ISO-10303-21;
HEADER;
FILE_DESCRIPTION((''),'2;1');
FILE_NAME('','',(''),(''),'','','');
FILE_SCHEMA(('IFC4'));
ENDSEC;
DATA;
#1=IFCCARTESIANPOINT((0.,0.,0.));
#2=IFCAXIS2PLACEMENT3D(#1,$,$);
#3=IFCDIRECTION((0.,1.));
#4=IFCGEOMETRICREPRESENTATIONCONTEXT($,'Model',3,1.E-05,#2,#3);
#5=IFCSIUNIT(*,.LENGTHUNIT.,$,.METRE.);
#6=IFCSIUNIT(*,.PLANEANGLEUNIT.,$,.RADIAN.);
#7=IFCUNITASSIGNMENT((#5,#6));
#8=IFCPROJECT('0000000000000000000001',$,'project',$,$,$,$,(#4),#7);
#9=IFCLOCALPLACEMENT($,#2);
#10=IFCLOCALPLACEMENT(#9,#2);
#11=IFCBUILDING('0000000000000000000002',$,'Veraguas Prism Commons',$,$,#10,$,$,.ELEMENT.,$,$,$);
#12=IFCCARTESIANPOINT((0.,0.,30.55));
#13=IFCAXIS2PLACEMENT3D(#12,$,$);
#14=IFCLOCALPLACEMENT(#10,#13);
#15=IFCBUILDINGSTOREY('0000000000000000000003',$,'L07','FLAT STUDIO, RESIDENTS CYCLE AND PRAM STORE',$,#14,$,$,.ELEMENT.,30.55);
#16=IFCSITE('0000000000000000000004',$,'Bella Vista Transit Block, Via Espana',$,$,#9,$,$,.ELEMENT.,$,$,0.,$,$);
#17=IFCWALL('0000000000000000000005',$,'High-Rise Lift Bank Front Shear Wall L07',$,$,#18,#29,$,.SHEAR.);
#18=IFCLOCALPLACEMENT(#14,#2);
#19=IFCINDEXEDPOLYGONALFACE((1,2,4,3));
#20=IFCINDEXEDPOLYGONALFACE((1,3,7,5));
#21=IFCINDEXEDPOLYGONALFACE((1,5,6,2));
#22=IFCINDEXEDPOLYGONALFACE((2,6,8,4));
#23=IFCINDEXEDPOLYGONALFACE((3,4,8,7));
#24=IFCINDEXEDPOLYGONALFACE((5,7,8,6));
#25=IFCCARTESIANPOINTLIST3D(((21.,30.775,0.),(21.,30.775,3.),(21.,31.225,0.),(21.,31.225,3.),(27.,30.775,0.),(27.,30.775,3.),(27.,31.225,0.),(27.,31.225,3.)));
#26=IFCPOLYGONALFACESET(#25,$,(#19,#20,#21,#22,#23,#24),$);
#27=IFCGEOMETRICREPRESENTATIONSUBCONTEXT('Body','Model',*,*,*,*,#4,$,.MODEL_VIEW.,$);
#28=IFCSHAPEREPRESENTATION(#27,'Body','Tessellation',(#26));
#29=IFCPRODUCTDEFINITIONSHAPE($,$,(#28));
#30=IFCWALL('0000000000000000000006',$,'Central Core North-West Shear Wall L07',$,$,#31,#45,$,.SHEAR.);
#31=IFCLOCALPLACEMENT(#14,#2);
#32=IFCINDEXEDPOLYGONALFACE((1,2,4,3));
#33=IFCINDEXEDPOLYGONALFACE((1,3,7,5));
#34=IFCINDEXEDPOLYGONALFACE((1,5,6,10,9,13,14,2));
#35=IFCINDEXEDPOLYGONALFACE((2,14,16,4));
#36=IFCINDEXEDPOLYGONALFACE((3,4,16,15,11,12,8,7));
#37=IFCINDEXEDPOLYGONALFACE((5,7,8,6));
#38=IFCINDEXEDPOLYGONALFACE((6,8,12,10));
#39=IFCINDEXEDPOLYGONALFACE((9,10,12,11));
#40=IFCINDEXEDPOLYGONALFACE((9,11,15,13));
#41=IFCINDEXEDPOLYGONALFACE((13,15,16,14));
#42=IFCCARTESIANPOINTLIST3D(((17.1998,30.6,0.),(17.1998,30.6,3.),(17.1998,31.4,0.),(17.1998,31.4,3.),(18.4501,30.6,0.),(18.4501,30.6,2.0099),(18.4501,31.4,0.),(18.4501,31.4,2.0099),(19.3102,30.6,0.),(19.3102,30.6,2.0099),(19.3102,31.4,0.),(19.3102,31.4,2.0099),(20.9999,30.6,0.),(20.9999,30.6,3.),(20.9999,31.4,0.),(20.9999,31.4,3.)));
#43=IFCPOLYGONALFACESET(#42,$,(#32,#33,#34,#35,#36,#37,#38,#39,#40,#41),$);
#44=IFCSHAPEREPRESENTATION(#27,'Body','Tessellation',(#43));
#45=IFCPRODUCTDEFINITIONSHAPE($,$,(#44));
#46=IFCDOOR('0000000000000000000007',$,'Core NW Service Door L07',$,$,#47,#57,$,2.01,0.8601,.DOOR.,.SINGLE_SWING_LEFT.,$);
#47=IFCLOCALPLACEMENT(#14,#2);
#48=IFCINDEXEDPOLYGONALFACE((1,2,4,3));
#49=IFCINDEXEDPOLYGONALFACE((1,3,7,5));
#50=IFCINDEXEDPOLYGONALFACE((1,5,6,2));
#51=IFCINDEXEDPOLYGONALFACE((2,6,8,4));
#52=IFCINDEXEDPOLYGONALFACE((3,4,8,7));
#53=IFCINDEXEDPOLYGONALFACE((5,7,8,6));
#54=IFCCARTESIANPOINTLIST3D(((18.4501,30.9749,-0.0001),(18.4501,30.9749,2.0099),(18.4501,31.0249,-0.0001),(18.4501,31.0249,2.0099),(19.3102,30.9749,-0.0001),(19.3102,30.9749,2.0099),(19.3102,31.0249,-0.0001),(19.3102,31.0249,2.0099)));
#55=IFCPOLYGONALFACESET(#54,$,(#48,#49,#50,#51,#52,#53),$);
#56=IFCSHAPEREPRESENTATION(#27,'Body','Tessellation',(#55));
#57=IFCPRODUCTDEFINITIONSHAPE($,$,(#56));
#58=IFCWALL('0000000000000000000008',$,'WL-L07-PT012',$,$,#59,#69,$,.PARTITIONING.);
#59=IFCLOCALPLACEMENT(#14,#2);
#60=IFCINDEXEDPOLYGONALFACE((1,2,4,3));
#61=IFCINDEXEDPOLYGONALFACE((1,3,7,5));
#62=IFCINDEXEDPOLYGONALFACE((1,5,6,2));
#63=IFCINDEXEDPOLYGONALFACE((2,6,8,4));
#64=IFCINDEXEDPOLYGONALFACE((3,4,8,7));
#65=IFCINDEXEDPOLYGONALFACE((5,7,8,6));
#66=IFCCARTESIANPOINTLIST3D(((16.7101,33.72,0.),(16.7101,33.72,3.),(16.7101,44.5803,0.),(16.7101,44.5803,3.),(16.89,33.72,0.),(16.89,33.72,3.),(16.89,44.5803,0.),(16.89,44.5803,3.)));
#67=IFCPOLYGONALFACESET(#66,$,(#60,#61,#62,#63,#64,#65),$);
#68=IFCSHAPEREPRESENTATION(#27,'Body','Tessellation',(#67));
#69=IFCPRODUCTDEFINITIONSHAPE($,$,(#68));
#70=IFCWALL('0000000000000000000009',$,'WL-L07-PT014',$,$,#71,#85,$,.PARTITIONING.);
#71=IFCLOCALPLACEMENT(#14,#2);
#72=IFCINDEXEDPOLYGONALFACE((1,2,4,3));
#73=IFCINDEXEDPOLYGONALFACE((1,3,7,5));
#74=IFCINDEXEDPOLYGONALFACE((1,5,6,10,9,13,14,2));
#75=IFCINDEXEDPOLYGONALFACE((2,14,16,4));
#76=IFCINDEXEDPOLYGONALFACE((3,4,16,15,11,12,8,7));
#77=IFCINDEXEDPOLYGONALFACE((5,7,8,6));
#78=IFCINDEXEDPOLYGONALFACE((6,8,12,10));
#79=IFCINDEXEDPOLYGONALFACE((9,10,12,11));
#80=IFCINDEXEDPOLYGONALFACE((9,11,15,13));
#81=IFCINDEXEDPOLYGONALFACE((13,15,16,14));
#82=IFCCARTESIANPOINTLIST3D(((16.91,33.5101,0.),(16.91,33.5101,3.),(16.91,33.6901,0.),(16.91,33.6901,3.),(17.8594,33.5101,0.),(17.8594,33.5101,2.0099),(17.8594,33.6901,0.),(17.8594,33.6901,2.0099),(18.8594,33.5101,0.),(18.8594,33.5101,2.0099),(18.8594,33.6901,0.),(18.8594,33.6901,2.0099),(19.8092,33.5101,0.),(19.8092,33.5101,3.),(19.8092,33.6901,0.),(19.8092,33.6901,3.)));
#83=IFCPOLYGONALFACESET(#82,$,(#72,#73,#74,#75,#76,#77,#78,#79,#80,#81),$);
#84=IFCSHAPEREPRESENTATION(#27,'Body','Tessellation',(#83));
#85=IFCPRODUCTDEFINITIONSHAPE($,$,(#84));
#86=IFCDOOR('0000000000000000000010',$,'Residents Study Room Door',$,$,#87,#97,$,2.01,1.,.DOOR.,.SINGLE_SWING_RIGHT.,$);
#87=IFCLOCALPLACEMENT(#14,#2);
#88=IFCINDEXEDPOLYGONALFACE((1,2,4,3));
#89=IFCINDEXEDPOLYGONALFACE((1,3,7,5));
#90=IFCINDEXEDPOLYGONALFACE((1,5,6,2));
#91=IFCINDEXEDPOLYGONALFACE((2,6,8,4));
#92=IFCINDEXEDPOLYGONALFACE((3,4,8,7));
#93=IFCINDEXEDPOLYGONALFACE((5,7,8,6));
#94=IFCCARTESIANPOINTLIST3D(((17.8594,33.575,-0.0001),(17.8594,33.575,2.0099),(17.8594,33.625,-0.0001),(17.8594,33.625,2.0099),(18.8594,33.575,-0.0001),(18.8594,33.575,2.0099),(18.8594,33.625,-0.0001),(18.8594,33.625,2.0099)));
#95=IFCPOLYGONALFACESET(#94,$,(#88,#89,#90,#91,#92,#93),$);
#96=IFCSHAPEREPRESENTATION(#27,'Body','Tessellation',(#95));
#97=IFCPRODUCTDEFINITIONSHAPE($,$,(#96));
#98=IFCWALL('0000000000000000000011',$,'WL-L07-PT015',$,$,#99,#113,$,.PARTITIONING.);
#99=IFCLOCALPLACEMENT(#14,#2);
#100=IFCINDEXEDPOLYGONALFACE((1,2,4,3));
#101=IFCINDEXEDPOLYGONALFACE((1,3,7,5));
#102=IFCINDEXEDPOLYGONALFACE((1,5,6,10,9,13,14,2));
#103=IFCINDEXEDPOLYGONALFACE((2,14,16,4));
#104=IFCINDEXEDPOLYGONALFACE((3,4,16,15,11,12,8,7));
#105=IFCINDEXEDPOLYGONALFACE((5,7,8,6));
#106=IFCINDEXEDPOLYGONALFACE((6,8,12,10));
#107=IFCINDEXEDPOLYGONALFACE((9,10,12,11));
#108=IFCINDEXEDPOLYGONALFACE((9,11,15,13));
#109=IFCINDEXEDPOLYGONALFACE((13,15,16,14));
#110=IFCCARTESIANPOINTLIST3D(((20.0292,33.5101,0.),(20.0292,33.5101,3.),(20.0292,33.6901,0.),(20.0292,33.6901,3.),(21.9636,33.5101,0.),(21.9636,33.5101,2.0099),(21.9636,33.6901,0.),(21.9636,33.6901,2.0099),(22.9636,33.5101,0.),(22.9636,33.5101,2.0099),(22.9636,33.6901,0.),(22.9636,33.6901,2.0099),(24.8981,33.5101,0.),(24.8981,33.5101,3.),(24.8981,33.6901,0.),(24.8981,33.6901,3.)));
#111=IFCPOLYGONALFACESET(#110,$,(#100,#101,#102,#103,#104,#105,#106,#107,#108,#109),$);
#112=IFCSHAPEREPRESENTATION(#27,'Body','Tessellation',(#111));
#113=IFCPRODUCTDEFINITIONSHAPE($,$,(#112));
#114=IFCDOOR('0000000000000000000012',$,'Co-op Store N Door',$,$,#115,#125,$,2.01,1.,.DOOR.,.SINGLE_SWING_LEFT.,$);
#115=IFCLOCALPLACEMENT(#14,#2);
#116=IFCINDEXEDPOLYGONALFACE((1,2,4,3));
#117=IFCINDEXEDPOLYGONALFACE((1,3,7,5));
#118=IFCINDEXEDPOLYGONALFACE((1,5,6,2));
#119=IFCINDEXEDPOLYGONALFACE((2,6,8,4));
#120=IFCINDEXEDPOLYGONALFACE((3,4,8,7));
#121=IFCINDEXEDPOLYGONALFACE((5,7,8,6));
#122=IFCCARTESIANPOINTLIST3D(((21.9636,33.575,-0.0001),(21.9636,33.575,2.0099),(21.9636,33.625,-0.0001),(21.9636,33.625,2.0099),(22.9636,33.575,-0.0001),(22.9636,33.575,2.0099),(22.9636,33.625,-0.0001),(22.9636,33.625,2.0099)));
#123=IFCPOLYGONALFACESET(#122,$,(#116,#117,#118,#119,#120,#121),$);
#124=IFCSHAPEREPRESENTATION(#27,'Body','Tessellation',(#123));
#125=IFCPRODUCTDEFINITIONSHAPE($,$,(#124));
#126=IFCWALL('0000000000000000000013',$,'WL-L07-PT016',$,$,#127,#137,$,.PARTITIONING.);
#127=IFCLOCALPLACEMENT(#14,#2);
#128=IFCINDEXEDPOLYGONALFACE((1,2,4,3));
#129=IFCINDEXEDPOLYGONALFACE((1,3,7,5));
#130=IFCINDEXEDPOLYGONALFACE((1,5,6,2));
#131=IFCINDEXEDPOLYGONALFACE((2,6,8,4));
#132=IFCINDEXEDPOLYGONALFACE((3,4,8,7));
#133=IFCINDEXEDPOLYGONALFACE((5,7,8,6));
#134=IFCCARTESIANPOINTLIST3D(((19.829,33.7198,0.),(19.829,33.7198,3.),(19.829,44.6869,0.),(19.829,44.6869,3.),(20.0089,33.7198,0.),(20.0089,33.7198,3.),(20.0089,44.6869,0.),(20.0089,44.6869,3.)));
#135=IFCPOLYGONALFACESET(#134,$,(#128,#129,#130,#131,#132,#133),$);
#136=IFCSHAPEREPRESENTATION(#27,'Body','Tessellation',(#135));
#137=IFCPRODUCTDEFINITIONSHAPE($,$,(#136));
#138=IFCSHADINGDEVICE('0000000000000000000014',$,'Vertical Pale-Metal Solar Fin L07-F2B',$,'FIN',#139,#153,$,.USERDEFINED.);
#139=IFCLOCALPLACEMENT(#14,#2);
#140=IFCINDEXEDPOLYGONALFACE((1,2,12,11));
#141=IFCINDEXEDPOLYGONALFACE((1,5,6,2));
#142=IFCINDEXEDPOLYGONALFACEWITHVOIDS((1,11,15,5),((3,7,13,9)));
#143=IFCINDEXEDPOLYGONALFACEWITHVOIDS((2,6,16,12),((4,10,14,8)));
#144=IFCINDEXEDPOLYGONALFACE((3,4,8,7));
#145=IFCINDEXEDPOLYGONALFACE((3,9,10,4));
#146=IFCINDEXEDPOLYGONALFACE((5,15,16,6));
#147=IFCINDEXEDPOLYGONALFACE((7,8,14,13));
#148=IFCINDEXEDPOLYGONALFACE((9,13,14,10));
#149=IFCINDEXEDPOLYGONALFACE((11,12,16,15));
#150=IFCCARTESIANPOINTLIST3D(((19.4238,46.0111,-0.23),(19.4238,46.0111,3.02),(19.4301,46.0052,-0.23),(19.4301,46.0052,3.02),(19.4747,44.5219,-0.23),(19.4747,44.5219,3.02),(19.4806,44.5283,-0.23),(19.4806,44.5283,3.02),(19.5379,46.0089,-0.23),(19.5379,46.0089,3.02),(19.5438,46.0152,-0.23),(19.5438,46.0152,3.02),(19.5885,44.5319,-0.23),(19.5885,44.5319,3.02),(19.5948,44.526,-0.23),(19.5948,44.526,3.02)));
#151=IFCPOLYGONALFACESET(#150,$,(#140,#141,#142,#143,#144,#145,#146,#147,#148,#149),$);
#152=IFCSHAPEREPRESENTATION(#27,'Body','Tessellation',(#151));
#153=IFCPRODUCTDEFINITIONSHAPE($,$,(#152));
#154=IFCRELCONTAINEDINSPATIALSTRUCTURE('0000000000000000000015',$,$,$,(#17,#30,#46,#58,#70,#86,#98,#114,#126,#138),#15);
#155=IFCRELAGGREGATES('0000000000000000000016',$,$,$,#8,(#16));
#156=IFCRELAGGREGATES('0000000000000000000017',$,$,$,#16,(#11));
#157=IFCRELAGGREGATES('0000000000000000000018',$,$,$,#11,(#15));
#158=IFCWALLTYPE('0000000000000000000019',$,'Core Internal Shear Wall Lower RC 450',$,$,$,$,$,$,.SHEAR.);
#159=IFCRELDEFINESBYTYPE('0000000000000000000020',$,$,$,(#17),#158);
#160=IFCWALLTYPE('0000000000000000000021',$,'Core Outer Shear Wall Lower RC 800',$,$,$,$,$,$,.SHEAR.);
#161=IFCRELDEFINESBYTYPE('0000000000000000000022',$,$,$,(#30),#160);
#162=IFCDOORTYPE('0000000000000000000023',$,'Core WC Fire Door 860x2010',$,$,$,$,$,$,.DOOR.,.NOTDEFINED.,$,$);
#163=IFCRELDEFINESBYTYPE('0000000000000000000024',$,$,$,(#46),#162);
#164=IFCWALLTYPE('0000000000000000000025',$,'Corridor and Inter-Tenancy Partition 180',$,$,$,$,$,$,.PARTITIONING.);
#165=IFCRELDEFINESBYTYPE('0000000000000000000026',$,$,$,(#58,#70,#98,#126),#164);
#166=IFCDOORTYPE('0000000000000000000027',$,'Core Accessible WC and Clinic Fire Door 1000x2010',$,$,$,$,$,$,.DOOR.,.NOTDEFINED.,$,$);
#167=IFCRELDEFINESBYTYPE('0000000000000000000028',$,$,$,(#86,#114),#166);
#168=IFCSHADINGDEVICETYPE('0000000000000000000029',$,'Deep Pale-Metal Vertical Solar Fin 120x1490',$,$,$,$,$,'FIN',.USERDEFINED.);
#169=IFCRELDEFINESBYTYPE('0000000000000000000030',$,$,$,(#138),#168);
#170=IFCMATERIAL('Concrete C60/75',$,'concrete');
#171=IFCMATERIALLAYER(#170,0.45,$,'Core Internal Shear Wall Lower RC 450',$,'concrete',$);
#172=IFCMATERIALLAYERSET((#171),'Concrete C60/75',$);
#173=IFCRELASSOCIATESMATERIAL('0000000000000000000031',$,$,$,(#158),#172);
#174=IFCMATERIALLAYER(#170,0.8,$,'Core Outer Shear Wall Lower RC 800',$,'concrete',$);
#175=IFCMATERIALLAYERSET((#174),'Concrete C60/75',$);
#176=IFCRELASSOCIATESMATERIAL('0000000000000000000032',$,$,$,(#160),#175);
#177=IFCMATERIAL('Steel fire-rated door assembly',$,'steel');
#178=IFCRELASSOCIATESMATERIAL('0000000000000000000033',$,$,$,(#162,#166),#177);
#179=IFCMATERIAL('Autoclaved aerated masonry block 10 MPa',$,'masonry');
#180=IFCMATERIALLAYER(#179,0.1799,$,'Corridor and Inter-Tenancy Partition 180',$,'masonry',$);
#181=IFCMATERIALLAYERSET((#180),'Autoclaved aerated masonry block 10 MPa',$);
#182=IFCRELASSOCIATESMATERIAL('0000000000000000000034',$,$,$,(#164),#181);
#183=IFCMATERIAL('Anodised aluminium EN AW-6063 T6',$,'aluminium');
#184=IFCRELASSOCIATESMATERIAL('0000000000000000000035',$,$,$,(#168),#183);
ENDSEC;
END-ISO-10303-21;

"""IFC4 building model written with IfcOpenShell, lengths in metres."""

from ifc_helpers import new_model, si_unit, direction, frame, frame_2d, origin, origin_2d, place, context, subcontext, project, spatial, rectangle, hollow_rectangle, extrude, source, transform, mapped, material, layer, layer_set, material_profile, profile_set, type_object, element, fill, save


model = new_model("IFC4")

# Units and contexts
model_context = context("Model", 3, precision=1e-05, world=origin(), true_north=direction((0.0, 1.0)))
body_context = subcontext(model_context, "Body", "Model", "MODEL_VIEW")
ifc_project = project(units=[si_unit("LENGTHUNIT", "METRE"), si_unit("PLANEANGLEUNIT", "RADIAN")], contexts=[model_context])

# Site, building, storey
site_placement = place(None, origin())
site = spatial("IfcSite", under=ifc_project, at=site_placement, Name="Bella Vista Transit Block, Via Espana", CompositionType="ELEMENT", RefElevation=0.0)
building_placement = place(site_placement, origin())
building = spatial("IfcBuilding", under=site, at=building_placement, Name="Veraguas Prism Commons", CompositionType="ELEMENT")
storey_placement = place(building_placement, frame((0.0, 0.0, 30.55)))
storey = spatial("IfcBuildingStorey", under=building, at=storey_placement, Name="L07", Description="FLAT STUDIO, RESIDENTS CYCLE AND PRAM STORE", CompositionType="ELEMENT", Elevation=30.55)

# Shared definitions
ifc_material_1 = material(Name="Concrete C60/75", Category="concrete")

# Shared definitions
ifc_material_2 = material(Name="Anodised aluminium EN AW-6063 T6", Category="aluminium")

# Wall
ifc_layer_1 = layer(ifc_material_1, 0.45, Name="Core Internal Shear Wall Lower RC 450", Category="concrete")
ifc_layer_set_1 = layer_set([ifc_layer_1], Name="Concrete C60/75")
wall_type_1 = type_object("IfcWallType", Name="Core Internal Shear Wall Lower RC 450", PredefinedType="SHEAR", material=ifc_layer_set_1)
wall_1_placement = place(storey_placement, frame((21.0, 31.0, 0.0), z_axis=(0.0, 0.0, 1.0), x_axis=(1.0, 0.0, 0.0)))
element("IfcWall", 1, at=wall_1_placement, inside=storey, type_object=wall_type_1, Name="High-Rise Lift Bank Front Shear Wall L07", PredefinedType="SHEAR", context=body_context, shape_type="SweptSolid", body=[
    extrude(rectangle(XDim=6.0, YDim=0.45, at=frame_2d((3.0, 0.0))), origin(), (0.0, 0.0, 1.0), 3.0),
])

# Wall, opening, door
ifc_layer_2 = layer(ifc_material_1, 0.8, Name="Core Outer Shear Wall Lower RC 800", Category="concrete")
ifc_layer_set_2 = layer_set([ifc_layer_2], Name="Concrete C60/75")
wall_type_2 = type_object("IfcWallType", Name="Core Outer Shear Wall Lower RC 800", PredefinedType="SHEAR", material=ifc_layer_set_2)
wall_2_placement = place(storey_placement, frame((17.2, 31.0, 0.0), z_axis=(0.0, 0.0, 1.0), x_axis=(1.0, 0.0, 0.0)))
wall_2 = element("IfcWall", 2, at=wall_2_placement, inside=storey, type_object=wall_type_2, Name="Central Core North-West Shear Wall L07", PredefinedType="SHEAR", context=body_context, shape_type="SweptSolid", body=[
    extrude(rectangle(XDim=3.8, YDim=0.8, at=frame_2d((1.8999, 0.0))), origin(), (0.0, 0.0, 1.0), 3.0),
])
opening_1_placement = place(wall_2_placement, frame((1.25, 0.0, 0.0)))
opening_1 = element("IfcOpeningElement", 3, at=opening_1_placement, cuts=wall_2, PredefinedType="OPENING", context=body_context, shape_type="SweptSolid", body=[
    extrude(rectangle(XDim=0.8601, YDim=2.01, at=frame_2d((0.4302, 1.0049))), frame((0.0, 0.4099, 0.0), z_axis=(0.0, -1.0, 0.0), x_axis=(1.0, 0.0, 0.0)), (0.0, 0.0, 1.0), 0.8201),
])
ifc_material_3 = material(Name="Steel fire-rated door assembly", Category="steel")
door_type_1 = type_object("IfcDoorType", Name="Core WC Fire Door 860x2010", OperationType="NOTDEFINED", PredefinedType="DOOR", material=ifc_material_3)
shared_shape_1 = source(origin(), body_context, "Body", "SweptSolid", [
    extrude(rectangle(XDim=0.8601, YDim=2.01, at=frame_2d((0.4302, 1.0049))), frame((0.0, 0.0249, 0.0), z_axis=(0.0, -1.0, 0.0), x_axis=(1.0, 0.0, 0.0)), (0.0, 0.0, 1.0), 0.05),
])
door_1_placement = place(opening_1_placement, origin())
door_1 = element("IfcDoor", 4, at=door_1_placement, inside=storey, type_object=door_type_1, Name="Core NW Service Door L07", OperationType="SINGLE_SWING_LEFT", OverallHeight=2.01, OverallWidth=0.8601, PredefinedType="DOOR", context=body_context, shape_type="MappedRepresentation", body=[
    mapped(shared_shape_1, transform((0.0, 0.0, 0.0), scale=1.0)),
])
fill(opening_1, door_1)

# Wall
ifc_material_4 = material(Name="Autoclaved aerated masonry block 10 MPa", Category="masonry")
ifc_layer_3 = layer(ifc_material_4, 0.1799, Name="Corridor and Inter-Tenancy Partition 180", Category="masonry")
ifc_layer_set_3 = layer_set([ifc_layer_3], Name="Autoclaved aerated masonry block 10 MPa")
wall_type_3 = type_object("IfcWallType", Name="Corridor and Inter-Tenancy Partition 180", PredefinedType="PARTITIONING", material=ifc_layer_set_3)
wall_3_placement = place(storey_placement, frame((16.8, 33.72, 0.0), z_axis=(0.0, 0.0, 1.0), x_axis=(0.0, 1.0, 0.0)))
element("IfcWall", 5, at=wall_3_placement, inside=storey, type_object=wall_type_3, Name="WL-L07-PT012", PredefinedType="PARTITIONING", context=body_context, shape_type="SweptSolid", body=[
    extrude(rectangle(XDim=10.8604, YDim=0.1799, at=frame_2d((5.4302, 0.0))), origin(), (0.0, 0.0, 1.0), 3.0),
])

# Walls, openings, doors
wall_4_placement = place(storey_placement, frame((16.9099, 33.6001, 0.0), z_axis=(0.0, 0.0, 1.0), x_axis=(1.0, 0.0, 0.0)))
wall_4 = element("IfcWall", 6, at=wall_4_placement, inside=storey, type_object=wall_type_3, Name="WL-L07-PT014", PredefinedType="PARTITIONING", context=body_context, shape_type="SweptSolid", body=[
    extrude(rectangle(XDim=2.8992, YDim=0.1799, at=frame_2d((1.4497, 0.0))), origin(), (0.0, 0.0, 1.0), 3.0),
])
opening_2_placement = place(wall_4_placement, frame((0.9495, 0.0, 0.0)))
opening_2 = element("IfcOpeningElement", 7, at=opening_2_placement, cuts=wall_4, PredefinedType="OPENING", context=body_context, shape_type="SweptSolid", body=[
    extrude(rectangle(XDim=1.0, YDim=2.01, at=frame_2d((0.5, 1.0049))), frame((0.0, 0.0999, 0.0), z_axis=(0.0, -1.0, 0.0), x_axis=(1.0, 0.0, 0.0)), (0.0, 0.0, 1.0), 0.2),
])
door_type_2 = type_object("IfcDoorType", Name="Core Accessible WC and Clinic Fire Door 1000x2010", OperationType="NOTDEFINED", PredefinedType="DOOR", material=ifc_material_3)
shared_shape_2 = source(origin(), body_context, "Body", "SweptSolid", [
    extrude(rectangle(XDim=1.0, YDim=2.01, at=frame_2d((0.5, 1.0049))), frame((0.0, 0.0249, 0.0), z_axis=(0.0, -1.0, 0.0), x_axis=(1.0, 0.0, 0.0)), (0.0, 0.0, 1.0), 0.05),
])
door_2_placement = place(opening_2_placement, origin())
door_2 = element("IfcDoor", 8, at=door_2_placement, inside=storey, type_object=door_type_2, Name="Residents Study Room Door", OperationType="SINGLE_SWING_RIGHT", OverallHeight=2.01, OverallWidth=1.0, PredefinedType="DOOR", context=body_context, shape_type="MappedRepresentation", body=[
    mapped(shared_shape_2, transform((0.0, 0.0, 0.0), scale=1.0)),
])
fill(opening_2, door_2)
wall_5_placement = place(storey_placement, frame((20.0291, 33.6001, 0.0), z_axis=(0.0, 0.0, 1.0), x_axis=(1.0, 0.0, 0.0)))
wall_5 = element("IfcWall", 9, at=wall_5_placement, inside=storey, type_object=wall_type_3, Name="WL-L07-PT015", PredefinedType="PARTITIONING", context=body_context, shape_type="SweptSolid", body=[
    extrude(rectangle(XDim=4.8689, YDim=0.1799, at=frame_2d((2.4346, 0.0))), origin(), (0.0, 0.0, 1.0), 3.0),
])
opening_3_placement = place(wall_5_placement, frame((1.9346, 0.0, 0.0)))
opening_3 = element("IfcOpeningElement", 10, at=opening_3_placement, cuts=wall_5, PredefinedType="OPENING", context=body_context, shape_type="SweptSolid", body=[
    extrude(rectangle(XDim=1.0, YDim=2.01, at=frame_2d((0.5, 1.0049))), frame((0.0, 0.0999, 0.0), z_axis=(0.0, -1.0, 0.0), x_axis=(1.0, 0.0, 0.0)), (0.0, 0.0, 1.0), 0.2),
])
door_3_placement = place(opening_3_placement, origin())
door_3 = element("IfcDoor", 11, at=door_3_placement, inside=storey, type_object=door_type_2, Name="Co-op Store N Door", OperationType="SINGLE_SWING_LEFT", OverallHeight=2.01, OverallWidth=1.0, PredefinedType="DOOR", context=body_context, shape_type="MappedRepresentation", body=[
    mapped(shared_shape_2, transform((0.0, 0.0, 0.0), scale=1.0)),
])
fill(opening_3, door_3)

# Wall
wall_6_placement = place(storey_placement, frame((19.9189, 33.72, 0.0), z_axis=(0.0, 0.0, 1.0), x_axis=(0.0, 1.0, 0.0)))
element("IfcWall", 12, at=wall_6_placement, inside=storey, type_object=wall_type_3, Name="WL-L07-PT016", PredefinedType="PARTITIONING", context=body_context, shape_type="SweptSolid", body=[
    extrude(rectangle(XDim=10.967, YDim=0.1799, at=frame_2d((5.4834, 0.0))), origin(), (0.0, 0.0, 1.0), 3.0),
])

# Shading device
ifc_material_profile_1 = material_profile(ifc_material_2, hollow_rectangle(XDim=0.1201, YDim=1.49, WallThickness=0.0061, at=origin_2d()), Name="FIN120X1490X6")
ifc_profile_set_1 = profile_set([ifc_material_profile_1], Name="Anodised aluminium EN AW-6063 T6")
shading_device_type = type_object("IfcShadingDeviceType", Name="Deep Pale-Metal Vertical Solar Fin 120x1490", ElementType="FIN", PredefinedType="USERDEFINED", material=ifc_profile_set_1)
shading_device_placement = place(storey_placement, frame((19.5093, 45.2686, -0.23), z_axis=(0.0, 0.0, 1.0), x_axis=(-0.999415, -0.0342, 0.0)))
element("IfcShadingDevice", 13, at=shading_device_placement, inside=storey, type_object=shading_device_type, Name="Vertical Pale-Metal Solar Fin L07-F2B", ObjectType="FIN", PredefinedType="USERDEFINED", context=body_context, shape_type="SweptSolid", body=[
    extrude(hollow_rectangle(XDim=0.1201, YDim=1.49, WallThickness=0.0061, at=origin_2d()), origin(), (0.0, 0.0, 1.0), 3.25),
])

save(model, "model.ifc")
